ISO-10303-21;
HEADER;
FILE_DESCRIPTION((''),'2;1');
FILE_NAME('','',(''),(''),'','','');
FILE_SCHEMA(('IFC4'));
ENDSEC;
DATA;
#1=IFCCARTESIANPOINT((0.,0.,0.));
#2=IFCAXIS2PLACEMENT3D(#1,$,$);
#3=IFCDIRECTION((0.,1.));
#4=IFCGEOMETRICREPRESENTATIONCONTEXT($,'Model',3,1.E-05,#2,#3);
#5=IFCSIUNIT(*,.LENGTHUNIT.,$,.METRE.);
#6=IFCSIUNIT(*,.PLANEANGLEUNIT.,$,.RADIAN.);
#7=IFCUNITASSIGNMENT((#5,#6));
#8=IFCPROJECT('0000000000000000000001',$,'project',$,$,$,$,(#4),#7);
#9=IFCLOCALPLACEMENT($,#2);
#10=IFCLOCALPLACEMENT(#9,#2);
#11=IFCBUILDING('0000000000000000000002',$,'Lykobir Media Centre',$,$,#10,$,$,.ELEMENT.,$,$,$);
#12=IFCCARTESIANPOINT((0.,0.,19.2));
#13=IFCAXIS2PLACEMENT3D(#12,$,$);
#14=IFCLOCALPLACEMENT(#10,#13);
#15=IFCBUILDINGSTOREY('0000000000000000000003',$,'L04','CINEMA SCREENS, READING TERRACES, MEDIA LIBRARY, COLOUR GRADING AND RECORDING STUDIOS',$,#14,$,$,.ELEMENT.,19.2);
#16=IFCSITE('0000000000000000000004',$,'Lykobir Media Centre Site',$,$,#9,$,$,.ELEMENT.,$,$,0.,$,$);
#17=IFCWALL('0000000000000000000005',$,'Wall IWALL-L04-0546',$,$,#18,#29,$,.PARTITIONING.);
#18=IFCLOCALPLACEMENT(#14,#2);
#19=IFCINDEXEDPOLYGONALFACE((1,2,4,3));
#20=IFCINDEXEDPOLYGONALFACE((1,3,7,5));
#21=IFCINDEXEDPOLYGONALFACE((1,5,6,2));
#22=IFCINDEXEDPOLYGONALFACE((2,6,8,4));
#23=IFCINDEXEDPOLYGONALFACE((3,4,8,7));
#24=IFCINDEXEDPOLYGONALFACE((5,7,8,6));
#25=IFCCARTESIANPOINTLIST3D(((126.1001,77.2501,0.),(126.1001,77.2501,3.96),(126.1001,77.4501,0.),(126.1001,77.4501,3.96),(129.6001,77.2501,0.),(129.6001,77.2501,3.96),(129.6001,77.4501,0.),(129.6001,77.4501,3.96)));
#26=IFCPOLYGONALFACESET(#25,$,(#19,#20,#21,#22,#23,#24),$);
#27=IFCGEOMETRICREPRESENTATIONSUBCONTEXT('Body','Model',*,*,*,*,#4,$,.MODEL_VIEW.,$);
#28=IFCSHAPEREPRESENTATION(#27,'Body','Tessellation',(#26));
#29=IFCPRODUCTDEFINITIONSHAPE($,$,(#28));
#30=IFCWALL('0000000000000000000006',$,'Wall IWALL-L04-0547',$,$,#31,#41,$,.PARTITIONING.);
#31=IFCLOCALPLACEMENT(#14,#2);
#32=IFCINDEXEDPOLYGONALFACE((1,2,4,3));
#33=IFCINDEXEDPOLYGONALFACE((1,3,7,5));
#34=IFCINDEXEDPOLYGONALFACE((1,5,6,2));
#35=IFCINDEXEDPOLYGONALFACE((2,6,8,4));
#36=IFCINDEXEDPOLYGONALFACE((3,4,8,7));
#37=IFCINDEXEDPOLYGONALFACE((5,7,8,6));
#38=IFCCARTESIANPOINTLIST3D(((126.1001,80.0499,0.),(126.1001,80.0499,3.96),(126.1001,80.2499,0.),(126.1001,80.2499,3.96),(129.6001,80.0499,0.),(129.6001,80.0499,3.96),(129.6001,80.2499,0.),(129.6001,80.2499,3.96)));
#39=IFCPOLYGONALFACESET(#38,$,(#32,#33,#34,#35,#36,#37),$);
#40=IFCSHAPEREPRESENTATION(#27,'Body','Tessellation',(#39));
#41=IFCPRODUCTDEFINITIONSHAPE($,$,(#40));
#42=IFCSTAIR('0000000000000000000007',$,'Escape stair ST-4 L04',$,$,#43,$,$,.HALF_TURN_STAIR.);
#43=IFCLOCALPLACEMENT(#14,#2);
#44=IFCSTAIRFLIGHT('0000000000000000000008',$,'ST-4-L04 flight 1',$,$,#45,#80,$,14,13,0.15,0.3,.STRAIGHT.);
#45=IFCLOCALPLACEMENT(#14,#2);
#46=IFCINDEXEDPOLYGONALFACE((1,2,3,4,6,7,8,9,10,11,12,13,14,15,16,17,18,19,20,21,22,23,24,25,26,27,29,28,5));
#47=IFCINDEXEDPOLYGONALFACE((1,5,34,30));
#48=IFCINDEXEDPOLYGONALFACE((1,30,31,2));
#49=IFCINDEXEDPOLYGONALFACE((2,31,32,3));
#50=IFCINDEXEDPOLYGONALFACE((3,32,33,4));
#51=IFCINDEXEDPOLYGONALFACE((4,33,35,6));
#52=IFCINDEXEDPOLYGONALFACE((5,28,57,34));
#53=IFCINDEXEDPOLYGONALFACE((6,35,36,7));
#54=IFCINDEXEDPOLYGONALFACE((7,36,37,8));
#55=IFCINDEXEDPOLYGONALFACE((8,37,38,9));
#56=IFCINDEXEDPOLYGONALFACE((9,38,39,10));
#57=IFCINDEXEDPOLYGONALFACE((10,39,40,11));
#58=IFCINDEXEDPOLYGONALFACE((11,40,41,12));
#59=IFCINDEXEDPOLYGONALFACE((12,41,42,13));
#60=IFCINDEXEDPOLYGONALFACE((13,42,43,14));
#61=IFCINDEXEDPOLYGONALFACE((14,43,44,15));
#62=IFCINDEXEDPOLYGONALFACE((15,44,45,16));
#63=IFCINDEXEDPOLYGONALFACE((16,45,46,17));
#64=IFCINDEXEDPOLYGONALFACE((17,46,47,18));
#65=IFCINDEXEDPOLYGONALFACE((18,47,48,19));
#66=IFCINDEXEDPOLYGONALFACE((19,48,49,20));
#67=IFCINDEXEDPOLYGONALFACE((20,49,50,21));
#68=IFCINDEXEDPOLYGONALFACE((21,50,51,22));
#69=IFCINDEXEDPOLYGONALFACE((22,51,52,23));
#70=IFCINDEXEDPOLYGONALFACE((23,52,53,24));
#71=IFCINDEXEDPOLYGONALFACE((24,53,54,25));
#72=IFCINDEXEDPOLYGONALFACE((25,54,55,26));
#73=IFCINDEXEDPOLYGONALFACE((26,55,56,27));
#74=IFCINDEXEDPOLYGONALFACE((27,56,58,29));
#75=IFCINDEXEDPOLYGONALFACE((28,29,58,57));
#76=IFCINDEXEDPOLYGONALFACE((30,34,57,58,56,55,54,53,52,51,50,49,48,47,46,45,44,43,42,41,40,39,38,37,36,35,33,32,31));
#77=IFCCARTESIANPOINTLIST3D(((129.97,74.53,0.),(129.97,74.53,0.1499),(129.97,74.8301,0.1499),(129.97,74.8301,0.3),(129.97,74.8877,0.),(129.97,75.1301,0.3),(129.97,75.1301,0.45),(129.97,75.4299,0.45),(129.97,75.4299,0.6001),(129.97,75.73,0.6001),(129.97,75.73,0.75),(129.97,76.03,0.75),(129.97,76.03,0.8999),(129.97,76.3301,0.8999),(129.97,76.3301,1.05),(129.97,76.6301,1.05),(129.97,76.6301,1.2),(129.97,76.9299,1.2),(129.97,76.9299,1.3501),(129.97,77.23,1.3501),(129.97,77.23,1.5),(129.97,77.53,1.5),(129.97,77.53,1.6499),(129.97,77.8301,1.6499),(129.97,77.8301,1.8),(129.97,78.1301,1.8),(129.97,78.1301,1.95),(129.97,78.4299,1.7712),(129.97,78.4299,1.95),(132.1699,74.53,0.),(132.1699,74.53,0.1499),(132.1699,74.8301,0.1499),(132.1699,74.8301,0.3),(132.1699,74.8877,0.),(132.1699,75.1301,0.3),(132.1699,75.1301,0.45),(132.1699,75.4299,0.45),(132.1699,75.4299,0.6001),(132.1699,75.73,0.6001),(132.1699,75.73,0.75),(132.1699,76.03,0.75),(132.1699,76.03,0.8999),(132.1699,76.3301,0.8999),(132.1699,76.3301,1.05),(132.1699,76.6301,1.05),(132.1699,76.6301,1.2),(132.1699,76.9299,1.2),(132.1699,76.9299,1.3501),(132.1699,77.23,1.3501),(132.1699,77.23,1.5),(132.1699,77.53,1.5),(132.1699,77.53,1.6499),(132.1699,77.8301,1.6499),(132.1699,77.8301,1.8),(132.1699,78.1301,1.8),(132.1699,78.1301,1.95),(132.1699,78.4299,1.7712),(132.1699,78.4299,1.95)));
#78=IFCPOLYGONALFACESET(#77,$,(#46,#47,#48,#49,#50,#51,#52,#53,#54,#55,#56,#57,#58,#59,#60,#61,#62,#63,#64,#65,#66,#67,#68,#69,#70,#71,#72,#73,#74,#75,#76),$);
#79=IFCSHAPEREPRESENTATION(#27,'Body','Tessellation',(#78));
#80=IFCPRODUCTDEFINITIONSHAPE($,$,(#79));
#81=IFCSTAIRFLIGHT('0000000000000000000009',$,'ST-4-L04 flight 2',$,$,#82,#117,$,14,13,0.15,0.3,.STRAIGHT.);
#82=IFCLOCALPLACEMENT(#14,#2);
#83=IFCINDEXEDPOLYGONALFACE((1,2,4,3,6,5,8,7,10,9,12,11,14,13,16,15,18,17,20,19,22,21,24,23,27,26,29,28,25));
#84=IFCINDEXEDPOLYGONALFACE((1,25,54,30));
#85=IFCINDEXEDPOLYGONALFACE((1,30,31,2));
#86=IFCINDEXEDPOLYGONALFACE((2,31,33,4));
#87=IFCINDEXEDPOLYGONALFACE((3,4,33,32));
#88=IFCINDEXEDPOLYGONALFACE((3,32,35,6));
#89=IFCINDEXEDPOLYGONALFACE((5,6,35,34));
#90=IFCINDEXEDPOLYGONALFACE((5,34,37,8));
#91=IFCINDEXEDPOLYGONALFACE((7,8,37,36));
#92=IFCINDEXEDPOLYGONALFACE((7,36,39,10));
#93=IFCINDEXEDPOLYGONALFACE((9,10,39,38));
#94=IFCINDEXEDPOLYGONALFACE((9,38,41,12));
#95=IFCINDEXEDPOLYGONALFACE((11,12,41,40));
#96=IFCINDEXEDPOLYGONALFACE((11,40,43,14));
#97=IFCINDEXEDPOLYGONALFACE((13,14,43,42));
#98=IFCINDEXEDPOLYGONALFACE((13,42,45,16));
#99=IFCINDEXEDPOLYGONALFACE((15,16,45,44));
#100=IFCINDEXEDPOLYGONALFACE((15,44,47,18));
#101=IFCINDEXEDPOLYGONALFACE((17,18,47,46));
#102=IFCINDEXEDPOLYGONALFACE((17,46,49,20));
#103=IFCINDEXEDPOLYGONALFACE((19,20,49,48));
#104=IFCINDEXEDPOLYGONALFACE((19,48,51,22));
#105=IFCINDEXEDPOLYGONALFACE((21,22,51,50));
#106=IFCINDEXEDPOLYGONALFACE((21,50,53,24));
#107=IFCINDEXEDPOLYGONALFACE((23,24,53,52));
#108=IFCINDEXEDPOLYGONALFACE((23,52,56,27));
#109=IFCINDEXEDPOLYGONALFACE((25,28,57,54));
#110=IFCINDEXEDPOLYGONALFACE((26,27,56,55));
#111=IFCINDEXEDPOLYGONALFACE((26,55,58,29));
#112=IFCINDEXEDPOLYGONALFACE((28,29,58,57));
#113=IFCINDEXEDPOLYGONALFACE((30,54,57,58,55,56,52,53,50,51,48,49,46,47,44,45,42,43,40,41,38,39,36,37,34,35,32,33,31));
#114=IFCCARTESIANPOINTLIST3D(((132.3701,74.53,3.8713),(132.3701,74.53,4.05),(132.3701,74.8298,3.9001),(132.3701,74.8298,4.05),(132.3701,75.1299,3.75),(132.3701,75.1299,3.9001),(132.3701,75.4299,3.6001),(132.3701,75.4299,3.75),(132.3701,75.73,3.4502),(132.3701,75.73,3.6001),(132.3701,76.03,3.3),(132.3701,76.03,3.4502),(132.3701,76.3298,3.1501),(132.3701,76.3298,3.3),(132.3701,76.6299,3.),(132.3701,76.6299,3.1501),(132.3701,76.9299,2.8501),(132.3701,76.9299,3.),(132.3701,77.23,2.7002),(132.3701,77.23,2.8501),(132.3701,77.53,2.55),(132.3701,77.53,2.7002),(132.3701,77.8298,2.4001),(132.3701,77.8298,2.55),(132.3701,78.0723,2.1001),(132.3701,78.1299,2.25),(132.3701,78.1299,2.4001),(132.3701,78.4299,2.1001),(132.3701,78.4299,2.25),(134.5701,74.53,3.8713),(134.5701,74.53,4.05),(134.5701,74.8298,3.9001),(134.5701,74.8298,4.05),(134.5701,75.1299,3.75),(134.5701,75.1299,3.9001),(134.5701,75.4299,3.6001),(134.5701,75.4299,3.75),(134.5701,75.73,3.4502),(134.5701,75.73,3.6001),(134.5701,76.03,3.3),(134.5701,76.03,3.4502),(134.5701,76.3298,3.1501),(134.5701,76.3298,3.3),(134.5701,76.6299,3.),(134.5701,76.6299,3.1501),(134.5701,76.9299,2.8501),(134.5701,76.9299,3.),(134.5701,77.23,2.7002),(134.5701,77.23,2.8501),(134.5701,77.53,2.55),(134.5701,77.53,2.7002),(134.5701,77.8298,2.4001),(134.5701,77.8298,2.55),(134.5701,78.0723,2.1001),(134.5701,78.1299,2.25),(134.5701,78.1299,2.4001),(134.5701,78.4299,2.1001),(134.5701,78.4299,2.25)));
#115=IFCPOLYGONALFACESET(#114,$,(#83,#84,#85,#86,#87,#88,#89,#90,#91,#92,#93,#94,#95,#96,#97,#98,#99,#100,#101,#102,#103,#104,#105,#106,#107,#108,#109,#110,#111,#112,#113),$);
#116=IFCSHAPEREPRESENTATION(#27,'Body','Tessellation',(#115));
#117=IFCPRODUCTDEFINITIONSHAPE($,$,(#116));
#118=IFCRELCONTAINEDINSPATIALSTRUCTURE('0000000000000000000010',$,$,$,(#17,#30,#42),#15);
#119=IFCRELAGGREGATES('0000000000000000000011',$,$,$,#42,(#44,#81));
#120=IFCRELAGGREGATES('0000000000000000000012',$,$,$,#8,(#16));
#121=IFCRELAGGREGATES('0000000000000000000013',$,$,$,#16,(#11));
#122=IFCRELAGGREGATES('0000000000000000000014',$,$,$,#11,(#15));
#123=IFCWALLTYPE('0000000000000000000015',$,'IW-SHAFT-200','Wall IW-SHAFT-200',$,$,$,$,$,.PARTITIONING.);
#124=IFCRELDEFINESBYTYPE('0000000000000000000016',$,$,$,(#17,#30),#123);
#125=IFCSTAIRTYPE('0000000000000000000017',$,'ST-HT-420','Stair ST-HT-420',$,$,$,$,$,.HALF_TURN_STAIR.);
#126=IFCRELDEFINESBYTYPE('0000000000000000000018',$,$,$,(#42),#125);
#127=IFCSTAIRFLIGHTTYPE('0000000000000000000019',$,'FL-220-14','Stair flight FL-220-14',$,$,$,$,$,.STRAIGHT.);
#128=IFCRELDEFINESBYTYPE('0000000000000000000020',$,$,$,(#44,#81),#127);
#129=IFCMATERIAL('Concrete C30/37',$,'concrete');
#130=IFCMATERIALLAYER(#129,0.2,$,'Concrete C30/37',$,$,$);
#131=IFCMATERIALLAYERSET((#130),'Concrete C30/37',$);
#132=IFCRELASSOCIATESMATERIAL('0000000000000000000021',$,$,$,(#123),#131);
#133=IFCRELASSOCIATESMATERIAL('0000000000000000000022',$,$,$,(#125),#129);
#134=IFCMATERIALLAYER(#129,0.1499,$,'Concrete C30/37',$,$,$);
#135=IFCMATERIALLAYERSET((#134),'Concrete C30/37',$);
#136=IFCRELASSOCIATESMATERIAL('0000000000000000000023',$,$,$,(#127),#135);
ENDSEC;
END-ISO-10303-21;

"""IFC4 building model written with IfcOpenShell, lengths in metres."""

from ifc_helpers import new_model, si_unit, direction, frame, frame_2d, origin, place, context, subcontext, project, spatial, polyline, rectangle, outline, extrude, material, layer, layer_set, type_object, element, aggregate, save


model = new_model("IFC4")

# Units and contexts
model_context = context("Model", 3, precision=1e-05, world=origin(), true_north=direction((0.0, 1.0)))
body_context = subcontext(model_context, "Body", "Model", "MODEL_VIEW")
ifc_project = project(units=[si_unit("LENGTHUNIT", "METRE"), si_unit("PLANEANGLEUNIT", "RADIAN")], contexts=[model_context])

# Site, building, storey
site_placement = place(None, origin())
site = spatial("IfcSite", under=ifc_project, at=site_placement, Name="Lykobir Media Centre Site", CompositionType="ELEMENT", RefElevation=0.0)
building_placement = place(site_placement, origin())
building = spatial("IfcBuilding", under=site, at=building_placement, Name="Lykobir Media Centre", CompositionType="ELEMENT")
storey_placement = place(building_placement, frame((0.0, 0.0, 19.2)))
storey = spatial("IfcBuildingStorey", under=building, at=storey_placement, Name="L04", Description="CINEMA SCREENS, READING TERRACES, MEDIA LIBRARY, COLOUR GRADING AND RECORDING STUDIOS", CompositionType="ELEMENT", Elevation=19.2)

# Walls
ifc_material_1 = material(Name="Concrete C30/37", Category="concrete")
ifc_layer_1 = layer(ifc_material_1, 0.2, Name="Concrete C30/37")
ifc_layer_set_1 = layer_set([ifc_layer_1], Name="Concrete C30/37")
wall_type_1 = type_object("IfcWallType", Name="IW-SHAFT-200", Description="Wall IW-SHAFT-200", PredefinedType="PARTITIONING", material=ifc_layer_set_1)
for number, where, z_axis, x_axis, name in (
    (1, (126.1001, 77.3501, 0.0), (0.0, 0.0, 1.0), (1.0, 0.0, 0.0), "Wall IWALL-L04-0546"),
    (2, (126.1001, 80.1499, 0.0), (0.0, 0.0, 1.0), (1.0, 0.0, 0.0), "Wall IWALL-L04-0547"),
):
    element("IfcWall", number, at=place(storey_placement, frame(where, z_axis=z_axis, x_axis=x_axis)), inside=storey, type_object=wall_type_1, Name=name, PredefinedType="PARTITIONING", context=body_context, shape_type="SweptSolid", body=[
        extrude(rectangle(XDim=3.5, YDim=0.2, at=frame_2d((1.75, 0.0))), origin(), (0.0, 0.0, 1.0), 3.96),
    ])

# Stair, stair flights
stair_type = type_object("IfcStairType", Name="ST-HT-420", Description="Stair ST-HT-420", PredefinedType="HALF_TURN_STAIR", material=ifc_material_1)
stair_placement = place(storey_placement, origin())
stair = element("IfcStair", 3, at=stair_placement, inside=storey, type_object=stair_type, Name="Escape stair ST-4 L04", PredefinedType="HALF_TURN_STAIR")
ifc_layer_2 = layer(ifc_material_1, 0.1499, Name="Concrete C30/37")
ifc_layer_set_2 = layer_set([ifc_layer_2], Name="Concrete C30/37")
stair_flight_type = type_object("IfcStairFlightType", Name="FL-220-14", Description="Stair flight FL-220-14", PredefinedType="STRAIGHT", material=ifc_layer_set_2)
stair_flight_1_placement = place(storey_placement, frame((131.0701, 74.53, 0.0), z_axis=(0.0, 0.0, 1.0), x_axis=(0.0, 1.0, 0.0)))
stair_flight_1 = element("IfcStairFlight", 4, at=stair_flight_1_placement, type_object=stair_flight_type, Name="ST-4-L04 flight 1", NumberOfRisers=14, NumberOfTreads=13, PredefinedType="STRAIGHT", RiserHeight=0.15, TreadLength=0.3, context=body_context, shape_type="SweptSolid", body=[
    extrude(outline(polyline([(0.0, 0.0), (0.0, 0.1499), (0.3, 0.1499), (0.3, 0.3), (0.6001, 0.3), (0.6001, 0.45), (0.8999, 0.45), (0.8999, 0.6001), (1.2, 0.6001), (1.2, 0.75), (1.5, 0.75), (1.5, 0.8999), (1.8, 0.8999), (1.8, 1.05), (2.1001, 1.05), (2.1001, 1.2), (2.3999, 1.2), (2.3999, 1.3501), (2.7, 1.3501), (2.7, 1.5), (3.0, 1.5), (3.0, 1.6499), (3.3, 1.6499), (3.3, 1.8), (3.6001, 1.8), (3.6001, 1.95), (3.8999, 1.95), (3.8999, 2.1001), (3.8999, 1.7712), (0.3577, 0.0), (0.0, 0.0)])), frame((0.0, 1.1001, 0.0), z_axis=(0.0, -1.0, 0.0), x_axis=(1.0, 0.0, 0.0)), (0.0, 0.0, 1.0), 2.2),
])
stair_flight_2_placement = place(storey_placement, frame((133.47, 78.4299, 2.1001), z_axis=(0.0, 0.0, 1.0), x_axis=(0.0, -1.0, 0.0)))
stair_flight_2 = element("IfcStairFlight", 5, at=stair_flight_2_placement, type_object=stair_flight_type, Name="ST-4-L04 flight 2", NumberOfRisers=14, NumberOfTreads=13, PredefinedType="STRAIGHT", RiserHeight=0.15, TreadLength=0.3, context=body_context, shape_type="SweptSolid", body=[
    extrude(outline(polyline([(0.0, 0.0), (0.0, 0.1499), (0.3, 0.1499), (0.3, 0.3), (0.6001, 0.3), (0.6001, 0.45), (0.8999, 0.45), (0.8999, 0.6001), (1.2, 0.6001), (1.2, 0.75), (1.5, 0.75), (1.5, 0.8999), (1.8, 0.8999), (1.8, 1.05), (2.1001, 1.05), (2.1001, 1.2), (2.3999, 1.2), (2.3999, 1.3501), (2.7, 1.3501), (2.7, 1.5), (3.0, 1.5), (3.0, 1.6499), (3.3, 1.6499), (3.3, 1.8), (3.6001, 1.8), (3.6001, 1.95), (3.8999, 1.95), (3.8999, 2.1001), (3.8999, 1.7712), (0.3577, 0.0), (0.0, 0.0)])), frame((0.0, 1.1001, 0.0), z_axis=(0.0, -1.0, 0.0), x_axis=(1.0, 0.0, 0.0)), (0.0, 0.0, 1.0), 2.2),
])
aggregate(stair, [stair_flight_1, stair_flight_2])

save(model, "model.ifc")
